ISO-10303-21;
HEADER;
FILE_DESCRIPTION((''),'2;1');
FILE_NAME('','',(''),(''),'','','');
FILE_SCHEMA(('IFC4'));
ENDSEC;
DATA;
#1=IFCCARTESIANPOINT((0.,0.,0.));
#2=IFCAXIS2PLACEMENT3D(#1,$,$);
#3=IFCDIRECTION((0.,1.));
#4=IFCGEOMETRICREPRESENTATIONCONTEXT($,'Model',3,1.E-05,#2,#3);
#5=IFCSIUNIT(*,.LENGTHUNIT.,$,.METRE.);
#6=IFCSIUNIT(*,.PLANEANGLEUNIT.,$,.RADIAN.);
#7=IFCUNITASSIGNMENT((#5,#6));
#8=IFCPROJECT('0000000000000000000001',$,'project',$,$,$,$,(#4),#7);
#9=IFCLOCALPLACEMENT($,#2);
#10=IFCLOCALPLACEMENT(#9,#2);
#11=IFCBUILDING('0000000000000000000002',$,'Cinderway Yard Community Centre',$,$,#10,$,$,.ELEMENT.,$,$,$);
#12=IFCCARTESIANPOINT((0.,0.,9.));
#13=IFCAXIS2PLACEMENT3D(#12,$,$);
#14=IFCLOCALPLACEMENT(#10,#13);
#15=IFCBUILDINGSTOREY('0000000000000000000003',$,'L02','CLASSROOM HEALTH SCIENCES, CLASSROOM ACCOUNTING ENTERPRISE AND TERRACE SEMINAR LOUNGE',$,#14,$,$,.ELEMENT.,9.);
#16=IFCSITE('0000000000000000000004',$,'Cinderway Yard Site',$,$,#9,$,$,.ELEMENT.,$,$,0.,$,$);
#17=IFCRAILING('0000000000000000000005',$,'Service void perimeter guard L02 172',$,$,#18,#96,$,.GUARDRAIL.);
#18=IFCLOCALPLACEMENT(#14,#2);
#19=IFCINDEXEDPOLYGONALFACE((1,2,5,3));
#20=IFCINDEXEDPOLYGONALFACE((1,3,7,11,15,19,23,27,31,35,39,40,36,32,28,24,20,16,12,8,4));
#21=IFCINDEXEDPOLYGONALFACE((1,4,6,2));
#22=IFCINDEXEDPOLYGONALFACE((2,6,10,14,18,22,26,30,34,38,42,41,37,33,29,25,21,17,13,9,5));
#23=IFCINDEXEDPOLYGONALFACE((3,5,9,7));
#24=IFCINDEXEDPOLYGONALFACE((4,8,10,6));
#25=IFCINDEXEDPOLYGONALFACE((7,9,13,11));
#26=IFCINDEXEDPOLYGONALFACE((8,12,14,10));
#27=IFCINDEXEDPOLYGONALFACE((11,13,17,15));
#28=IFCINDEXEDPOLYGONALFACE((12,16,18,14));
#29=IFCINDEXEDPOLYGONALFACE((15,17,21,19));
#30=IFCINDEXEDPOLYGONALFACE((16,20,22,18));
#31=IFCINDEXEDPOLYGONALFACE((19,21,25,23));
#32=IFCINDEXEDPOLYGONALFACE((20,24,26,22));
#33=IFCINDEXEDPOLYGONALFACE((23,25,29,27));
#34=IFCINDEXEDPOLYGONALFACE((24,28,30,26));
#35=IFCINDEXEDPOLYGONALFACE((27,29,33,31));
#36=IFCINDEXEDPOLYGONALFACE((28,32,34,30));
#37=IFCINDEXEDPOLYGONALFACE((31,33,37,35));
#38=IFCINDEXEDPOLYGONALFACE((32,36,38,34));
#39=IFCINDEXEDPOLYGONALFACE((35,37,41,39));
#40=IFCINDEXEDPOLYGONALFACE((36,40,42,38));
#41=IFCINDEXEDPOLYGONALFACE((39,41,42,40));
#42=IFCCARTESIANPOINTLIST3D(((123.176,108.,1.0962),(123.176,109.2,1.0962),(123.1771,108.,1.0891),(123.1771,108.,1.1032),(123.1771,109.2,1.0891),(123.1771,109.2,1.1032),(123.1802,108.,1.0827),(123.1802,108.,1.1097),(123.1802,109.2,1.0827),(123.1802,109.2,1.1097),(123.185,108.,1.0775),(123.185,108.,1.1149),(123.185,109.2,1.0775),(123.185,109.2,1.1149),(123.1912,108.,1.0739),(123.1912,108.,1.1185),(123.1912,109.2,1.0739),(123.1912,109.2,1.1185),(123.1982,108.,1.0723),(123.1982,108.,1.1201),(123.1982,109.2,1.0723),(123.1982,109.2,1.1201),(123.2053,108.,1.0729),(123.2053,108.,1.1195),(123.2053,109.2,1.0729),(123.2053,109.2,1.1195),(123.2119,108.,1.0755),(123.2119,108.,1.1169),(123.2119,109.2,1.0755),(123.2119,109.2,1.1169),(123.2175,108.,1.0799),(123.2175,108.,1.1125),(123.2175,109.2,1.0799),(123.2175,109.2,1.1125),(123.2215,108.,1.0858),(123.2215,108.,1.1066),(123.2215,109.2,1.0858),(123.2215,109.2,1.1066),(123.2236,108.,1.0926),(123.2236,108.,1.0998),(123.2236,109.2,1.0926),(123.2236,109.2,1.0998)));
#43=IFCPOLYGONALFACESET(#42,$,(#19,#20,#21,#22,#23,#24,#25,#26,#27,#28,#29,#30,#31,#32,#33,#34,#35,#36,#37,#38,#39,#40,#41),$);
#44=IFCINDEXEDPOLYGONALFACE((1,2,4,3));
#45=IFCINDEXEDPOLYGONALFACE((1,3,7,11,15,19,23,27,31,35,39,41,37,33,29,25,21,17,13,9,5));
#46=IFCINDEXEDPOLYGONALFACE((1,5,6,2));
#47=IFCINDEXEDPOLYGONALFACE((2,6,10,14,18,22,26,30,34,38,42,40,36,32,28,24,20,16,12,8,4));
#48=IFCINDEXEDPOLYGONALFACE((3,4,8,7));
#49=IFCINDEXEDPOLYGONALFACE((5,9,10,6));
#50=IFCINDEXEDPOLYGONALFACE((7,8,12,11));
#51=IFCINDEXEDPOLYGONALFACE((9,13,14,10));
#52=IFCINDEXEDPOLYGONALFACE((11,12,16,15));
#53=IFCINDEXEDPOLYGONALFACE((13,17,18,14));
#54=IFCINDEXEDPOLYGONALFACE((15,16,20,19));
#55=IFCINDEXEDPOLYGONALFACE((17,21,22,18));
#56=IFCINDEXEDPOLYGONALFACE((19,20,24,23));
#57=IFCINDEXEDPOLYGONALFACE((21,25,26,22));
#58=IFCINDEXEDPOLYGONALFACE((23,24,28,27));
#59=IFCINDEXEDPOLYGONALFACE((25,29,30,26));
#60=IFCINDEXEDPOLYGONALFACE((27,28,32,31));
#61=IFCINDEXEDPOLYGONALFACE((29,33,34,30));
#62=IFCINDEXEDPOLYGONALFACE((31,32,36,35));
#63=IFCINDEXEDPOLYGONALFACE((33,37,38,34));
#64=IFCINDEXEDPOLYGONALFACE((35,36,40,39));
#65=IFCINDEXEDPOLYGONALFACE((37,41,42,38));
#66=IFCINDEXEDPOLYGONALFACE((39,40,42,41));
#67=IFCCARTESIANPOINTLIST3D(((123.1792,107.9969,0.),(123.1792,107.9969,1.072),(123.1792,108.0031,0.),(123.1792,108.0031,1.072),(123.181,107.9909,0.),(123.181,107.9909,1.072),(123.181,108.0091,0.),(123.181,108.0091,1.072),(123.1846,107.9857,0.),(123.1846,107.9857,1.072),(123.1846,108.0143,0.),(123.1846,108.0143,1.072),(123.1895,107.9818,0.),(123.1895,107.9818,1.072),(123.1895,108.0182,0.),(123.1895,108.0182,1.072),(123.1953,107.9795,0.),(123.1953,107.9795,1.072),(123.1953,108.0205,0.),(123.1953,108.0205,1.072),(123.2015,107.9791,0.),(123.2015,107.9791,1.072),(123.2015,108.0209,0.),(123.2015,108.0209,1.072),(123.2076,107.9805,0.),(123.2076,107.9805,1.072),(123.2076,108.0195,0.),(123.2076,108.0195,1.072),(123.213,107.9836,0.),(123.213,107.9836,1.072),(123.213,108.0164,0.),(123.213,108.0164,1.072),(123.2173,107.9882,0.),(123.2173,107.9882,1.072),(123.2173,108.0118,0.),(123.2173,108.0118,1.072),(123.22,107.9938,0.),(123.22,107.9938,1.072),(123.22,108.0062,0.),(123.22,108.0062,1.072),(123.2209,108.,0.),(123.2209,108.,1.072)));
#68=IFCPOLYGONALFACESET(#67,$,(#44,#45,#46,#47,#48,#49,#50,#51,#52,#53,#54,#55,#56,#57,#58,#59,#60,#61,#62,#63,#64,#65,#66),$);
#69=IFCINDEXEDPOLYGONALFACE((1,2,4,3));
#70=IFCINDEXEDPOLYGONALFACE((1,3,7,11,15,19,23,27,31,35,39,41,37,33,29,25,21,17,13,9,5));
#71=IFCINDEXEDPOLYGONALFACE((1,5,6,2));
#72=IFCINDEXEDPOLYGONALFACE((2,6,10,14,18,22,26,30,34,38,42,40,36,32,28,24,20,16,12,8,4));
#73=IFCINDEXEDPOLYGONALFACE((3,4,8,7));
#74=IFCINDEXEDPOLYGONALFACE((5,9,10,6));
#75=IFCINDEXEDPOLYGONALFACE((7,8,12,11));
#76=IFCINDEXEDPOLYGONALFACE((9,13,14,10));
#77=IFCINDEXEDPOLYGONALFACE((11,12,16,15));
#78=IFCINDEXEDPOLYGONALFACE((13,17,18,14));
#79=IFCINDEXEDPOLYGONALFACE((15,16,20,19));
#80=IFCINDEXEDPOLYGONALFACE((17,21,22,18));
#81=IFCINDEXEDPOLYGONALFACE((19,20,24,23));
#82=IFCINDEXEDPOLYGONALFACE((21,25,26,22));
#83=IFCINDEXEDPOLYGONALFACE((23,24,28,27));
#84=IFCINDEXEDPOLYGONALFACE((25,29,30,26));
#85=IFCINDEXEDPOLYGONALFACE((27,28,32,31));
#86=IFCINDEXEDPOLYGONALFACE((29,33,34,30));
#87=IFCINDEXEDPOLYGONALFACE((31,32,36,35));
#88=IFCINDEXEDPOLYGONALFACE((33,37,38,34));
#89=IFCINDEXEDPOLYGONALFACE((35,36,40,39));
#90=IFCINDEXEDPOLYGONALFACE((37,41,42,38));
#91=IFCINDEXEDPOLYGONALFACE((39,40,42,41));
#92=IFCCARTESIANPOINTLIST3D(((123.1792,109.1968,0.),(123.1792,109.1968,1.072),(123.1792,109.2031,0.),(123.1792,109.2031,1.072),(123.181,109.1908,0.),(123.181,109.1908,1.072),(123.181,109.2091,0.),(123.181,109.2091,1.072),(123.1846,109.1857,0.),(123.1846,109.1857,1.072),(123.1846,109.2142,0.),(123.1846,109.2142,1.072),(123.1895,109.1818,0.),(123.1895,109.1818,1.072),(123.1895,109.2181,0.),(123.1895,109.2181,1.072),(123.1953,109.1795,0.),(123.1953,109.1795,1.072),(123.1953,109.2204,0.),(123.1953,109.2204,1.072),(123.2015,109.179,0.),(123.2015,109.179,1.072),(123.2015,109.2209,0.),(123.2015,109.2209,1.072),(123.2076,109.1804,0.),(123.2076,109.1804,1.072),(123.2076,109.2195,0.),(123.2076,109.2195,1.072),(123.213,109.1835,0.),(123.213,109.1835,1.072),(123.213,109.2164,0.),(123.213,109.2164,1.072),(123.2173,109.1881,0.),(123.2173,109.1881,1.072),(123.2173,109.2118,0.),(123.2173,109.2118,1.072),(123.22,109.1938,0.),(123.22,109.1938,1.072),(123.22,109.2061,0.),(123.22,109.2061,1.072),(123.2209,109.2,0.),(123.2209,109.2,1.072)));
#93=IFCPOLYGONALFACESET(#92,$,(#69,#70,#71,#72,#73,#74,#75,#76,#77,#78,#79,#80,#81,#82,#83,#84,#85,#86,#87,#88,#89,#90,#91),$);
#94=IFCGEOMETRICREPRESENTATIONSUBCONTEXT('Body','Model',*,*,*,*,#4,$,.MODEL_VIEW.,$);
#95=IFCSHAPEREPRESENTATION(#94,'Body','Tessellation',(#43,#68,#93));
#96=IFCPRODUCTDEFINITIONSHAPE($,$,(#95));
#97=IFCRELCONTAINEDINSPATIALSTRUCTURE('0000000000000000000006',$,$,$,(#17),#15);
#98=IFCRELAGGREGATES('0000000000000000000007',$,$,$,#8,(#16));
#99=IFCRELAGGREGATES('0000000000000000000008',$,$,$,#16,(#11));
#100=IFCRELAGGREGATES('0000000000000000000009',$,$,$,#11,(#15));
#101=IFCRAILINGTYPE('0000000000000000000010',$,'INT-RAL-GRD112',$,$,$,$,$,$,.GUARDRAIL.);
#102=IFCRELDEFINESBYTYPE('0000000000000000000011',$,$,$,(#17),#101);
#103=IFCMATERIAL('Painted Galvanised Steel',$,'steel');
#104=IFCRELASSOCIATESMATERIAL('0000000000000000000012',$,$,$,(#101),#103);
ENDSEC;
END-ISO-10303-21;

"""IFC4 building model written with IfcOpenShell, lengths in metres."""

from ifc_helpers import new_model, si_unit, direction, frame, origin, origin_2d, place, context, subcontext, project, spatial, circle, extrude, material, type_object, element, save


model = new_model("IFC4")

# Units and contexts
model_context = context("Model", 3, precision=1e-05, world=origin(), true_north=direction((0.0, 1.0)))
body_context = subcontext(model_context, "Body", "Model", "MODEL_VIEW")
ifc_project = project(units=[si_unit("LENGTHUNIT", "METRE"), si_unit("PLANEANGLEUNIT", "RADIAN")], contexts=[model_context])

# Site, building, storey
site_placement = place(None, origin())
site = spatial("IfcSite", under=ifc_project, at=site_placement, Name="Cinderway Yard Site", CompositionType="ELEMENT", RefElevation=0.0)
building_placement = place(site_placement, origin())
building = spatial("IfcBuilding", under=site, at=building_placement, Name="Cinderway Yard Community Centre", CompositionType="ELEMENT")
storey_placement = place(building_placement, frame((0.0, 0.0, 9.0)))
storey = spatial("IfcBuildingStorey", under=building, at=storey_placement, Name="L02", Description="CLASSROOM HEALTH SCIENCES, CLASSROOM ACCOUNTING ENTERPRISE AND TERRACE SEMINAR LOUNGE", CompositionType="ELEMENT", Elevation=9.0)

# Shared definitions
ifc_material_1 = material(Name="Painted Galvanised Steel", Category="steel")

# Railing
railing_type = type_object("IfcRailingType", Name="INT-RAL-GRD112", PredefinedType="GUARDRAIL", material=ifc_material_1)
railing_1_placement = place(storey_placement, frame((123.2, 108.0, 0.0)))
element("IfcRailing", 1, at=railing_1_placement, inside=storey, type_object=railing_type, Name="Service void perimeter guard L02 172", PredefinedType="GUARDRAIL", context=body_context, shape_type="SweptSolid", body=[
    extrude(circle(Radius=0.0239, at=origin_2d()), frame((0.0, 0.0, 1.0962), z_axis=(0.0, 1.0, 0.0), x_axis=(-1.0, 0.0, 0.0)), (0.0, 0.0, 1.0), 1.2),
    extrude(circle(Radius=0.021, at=origin_2d()), origin(), (0.0, 0.0, 1.0), 1.072),
    extrude(circle(Radius=0.021, at=origin_2d()), frame((0.0, 1.2, 0.0)), (0.0, 0.0, 1.0), 1.072),
])

save(model, "model.ifc")
